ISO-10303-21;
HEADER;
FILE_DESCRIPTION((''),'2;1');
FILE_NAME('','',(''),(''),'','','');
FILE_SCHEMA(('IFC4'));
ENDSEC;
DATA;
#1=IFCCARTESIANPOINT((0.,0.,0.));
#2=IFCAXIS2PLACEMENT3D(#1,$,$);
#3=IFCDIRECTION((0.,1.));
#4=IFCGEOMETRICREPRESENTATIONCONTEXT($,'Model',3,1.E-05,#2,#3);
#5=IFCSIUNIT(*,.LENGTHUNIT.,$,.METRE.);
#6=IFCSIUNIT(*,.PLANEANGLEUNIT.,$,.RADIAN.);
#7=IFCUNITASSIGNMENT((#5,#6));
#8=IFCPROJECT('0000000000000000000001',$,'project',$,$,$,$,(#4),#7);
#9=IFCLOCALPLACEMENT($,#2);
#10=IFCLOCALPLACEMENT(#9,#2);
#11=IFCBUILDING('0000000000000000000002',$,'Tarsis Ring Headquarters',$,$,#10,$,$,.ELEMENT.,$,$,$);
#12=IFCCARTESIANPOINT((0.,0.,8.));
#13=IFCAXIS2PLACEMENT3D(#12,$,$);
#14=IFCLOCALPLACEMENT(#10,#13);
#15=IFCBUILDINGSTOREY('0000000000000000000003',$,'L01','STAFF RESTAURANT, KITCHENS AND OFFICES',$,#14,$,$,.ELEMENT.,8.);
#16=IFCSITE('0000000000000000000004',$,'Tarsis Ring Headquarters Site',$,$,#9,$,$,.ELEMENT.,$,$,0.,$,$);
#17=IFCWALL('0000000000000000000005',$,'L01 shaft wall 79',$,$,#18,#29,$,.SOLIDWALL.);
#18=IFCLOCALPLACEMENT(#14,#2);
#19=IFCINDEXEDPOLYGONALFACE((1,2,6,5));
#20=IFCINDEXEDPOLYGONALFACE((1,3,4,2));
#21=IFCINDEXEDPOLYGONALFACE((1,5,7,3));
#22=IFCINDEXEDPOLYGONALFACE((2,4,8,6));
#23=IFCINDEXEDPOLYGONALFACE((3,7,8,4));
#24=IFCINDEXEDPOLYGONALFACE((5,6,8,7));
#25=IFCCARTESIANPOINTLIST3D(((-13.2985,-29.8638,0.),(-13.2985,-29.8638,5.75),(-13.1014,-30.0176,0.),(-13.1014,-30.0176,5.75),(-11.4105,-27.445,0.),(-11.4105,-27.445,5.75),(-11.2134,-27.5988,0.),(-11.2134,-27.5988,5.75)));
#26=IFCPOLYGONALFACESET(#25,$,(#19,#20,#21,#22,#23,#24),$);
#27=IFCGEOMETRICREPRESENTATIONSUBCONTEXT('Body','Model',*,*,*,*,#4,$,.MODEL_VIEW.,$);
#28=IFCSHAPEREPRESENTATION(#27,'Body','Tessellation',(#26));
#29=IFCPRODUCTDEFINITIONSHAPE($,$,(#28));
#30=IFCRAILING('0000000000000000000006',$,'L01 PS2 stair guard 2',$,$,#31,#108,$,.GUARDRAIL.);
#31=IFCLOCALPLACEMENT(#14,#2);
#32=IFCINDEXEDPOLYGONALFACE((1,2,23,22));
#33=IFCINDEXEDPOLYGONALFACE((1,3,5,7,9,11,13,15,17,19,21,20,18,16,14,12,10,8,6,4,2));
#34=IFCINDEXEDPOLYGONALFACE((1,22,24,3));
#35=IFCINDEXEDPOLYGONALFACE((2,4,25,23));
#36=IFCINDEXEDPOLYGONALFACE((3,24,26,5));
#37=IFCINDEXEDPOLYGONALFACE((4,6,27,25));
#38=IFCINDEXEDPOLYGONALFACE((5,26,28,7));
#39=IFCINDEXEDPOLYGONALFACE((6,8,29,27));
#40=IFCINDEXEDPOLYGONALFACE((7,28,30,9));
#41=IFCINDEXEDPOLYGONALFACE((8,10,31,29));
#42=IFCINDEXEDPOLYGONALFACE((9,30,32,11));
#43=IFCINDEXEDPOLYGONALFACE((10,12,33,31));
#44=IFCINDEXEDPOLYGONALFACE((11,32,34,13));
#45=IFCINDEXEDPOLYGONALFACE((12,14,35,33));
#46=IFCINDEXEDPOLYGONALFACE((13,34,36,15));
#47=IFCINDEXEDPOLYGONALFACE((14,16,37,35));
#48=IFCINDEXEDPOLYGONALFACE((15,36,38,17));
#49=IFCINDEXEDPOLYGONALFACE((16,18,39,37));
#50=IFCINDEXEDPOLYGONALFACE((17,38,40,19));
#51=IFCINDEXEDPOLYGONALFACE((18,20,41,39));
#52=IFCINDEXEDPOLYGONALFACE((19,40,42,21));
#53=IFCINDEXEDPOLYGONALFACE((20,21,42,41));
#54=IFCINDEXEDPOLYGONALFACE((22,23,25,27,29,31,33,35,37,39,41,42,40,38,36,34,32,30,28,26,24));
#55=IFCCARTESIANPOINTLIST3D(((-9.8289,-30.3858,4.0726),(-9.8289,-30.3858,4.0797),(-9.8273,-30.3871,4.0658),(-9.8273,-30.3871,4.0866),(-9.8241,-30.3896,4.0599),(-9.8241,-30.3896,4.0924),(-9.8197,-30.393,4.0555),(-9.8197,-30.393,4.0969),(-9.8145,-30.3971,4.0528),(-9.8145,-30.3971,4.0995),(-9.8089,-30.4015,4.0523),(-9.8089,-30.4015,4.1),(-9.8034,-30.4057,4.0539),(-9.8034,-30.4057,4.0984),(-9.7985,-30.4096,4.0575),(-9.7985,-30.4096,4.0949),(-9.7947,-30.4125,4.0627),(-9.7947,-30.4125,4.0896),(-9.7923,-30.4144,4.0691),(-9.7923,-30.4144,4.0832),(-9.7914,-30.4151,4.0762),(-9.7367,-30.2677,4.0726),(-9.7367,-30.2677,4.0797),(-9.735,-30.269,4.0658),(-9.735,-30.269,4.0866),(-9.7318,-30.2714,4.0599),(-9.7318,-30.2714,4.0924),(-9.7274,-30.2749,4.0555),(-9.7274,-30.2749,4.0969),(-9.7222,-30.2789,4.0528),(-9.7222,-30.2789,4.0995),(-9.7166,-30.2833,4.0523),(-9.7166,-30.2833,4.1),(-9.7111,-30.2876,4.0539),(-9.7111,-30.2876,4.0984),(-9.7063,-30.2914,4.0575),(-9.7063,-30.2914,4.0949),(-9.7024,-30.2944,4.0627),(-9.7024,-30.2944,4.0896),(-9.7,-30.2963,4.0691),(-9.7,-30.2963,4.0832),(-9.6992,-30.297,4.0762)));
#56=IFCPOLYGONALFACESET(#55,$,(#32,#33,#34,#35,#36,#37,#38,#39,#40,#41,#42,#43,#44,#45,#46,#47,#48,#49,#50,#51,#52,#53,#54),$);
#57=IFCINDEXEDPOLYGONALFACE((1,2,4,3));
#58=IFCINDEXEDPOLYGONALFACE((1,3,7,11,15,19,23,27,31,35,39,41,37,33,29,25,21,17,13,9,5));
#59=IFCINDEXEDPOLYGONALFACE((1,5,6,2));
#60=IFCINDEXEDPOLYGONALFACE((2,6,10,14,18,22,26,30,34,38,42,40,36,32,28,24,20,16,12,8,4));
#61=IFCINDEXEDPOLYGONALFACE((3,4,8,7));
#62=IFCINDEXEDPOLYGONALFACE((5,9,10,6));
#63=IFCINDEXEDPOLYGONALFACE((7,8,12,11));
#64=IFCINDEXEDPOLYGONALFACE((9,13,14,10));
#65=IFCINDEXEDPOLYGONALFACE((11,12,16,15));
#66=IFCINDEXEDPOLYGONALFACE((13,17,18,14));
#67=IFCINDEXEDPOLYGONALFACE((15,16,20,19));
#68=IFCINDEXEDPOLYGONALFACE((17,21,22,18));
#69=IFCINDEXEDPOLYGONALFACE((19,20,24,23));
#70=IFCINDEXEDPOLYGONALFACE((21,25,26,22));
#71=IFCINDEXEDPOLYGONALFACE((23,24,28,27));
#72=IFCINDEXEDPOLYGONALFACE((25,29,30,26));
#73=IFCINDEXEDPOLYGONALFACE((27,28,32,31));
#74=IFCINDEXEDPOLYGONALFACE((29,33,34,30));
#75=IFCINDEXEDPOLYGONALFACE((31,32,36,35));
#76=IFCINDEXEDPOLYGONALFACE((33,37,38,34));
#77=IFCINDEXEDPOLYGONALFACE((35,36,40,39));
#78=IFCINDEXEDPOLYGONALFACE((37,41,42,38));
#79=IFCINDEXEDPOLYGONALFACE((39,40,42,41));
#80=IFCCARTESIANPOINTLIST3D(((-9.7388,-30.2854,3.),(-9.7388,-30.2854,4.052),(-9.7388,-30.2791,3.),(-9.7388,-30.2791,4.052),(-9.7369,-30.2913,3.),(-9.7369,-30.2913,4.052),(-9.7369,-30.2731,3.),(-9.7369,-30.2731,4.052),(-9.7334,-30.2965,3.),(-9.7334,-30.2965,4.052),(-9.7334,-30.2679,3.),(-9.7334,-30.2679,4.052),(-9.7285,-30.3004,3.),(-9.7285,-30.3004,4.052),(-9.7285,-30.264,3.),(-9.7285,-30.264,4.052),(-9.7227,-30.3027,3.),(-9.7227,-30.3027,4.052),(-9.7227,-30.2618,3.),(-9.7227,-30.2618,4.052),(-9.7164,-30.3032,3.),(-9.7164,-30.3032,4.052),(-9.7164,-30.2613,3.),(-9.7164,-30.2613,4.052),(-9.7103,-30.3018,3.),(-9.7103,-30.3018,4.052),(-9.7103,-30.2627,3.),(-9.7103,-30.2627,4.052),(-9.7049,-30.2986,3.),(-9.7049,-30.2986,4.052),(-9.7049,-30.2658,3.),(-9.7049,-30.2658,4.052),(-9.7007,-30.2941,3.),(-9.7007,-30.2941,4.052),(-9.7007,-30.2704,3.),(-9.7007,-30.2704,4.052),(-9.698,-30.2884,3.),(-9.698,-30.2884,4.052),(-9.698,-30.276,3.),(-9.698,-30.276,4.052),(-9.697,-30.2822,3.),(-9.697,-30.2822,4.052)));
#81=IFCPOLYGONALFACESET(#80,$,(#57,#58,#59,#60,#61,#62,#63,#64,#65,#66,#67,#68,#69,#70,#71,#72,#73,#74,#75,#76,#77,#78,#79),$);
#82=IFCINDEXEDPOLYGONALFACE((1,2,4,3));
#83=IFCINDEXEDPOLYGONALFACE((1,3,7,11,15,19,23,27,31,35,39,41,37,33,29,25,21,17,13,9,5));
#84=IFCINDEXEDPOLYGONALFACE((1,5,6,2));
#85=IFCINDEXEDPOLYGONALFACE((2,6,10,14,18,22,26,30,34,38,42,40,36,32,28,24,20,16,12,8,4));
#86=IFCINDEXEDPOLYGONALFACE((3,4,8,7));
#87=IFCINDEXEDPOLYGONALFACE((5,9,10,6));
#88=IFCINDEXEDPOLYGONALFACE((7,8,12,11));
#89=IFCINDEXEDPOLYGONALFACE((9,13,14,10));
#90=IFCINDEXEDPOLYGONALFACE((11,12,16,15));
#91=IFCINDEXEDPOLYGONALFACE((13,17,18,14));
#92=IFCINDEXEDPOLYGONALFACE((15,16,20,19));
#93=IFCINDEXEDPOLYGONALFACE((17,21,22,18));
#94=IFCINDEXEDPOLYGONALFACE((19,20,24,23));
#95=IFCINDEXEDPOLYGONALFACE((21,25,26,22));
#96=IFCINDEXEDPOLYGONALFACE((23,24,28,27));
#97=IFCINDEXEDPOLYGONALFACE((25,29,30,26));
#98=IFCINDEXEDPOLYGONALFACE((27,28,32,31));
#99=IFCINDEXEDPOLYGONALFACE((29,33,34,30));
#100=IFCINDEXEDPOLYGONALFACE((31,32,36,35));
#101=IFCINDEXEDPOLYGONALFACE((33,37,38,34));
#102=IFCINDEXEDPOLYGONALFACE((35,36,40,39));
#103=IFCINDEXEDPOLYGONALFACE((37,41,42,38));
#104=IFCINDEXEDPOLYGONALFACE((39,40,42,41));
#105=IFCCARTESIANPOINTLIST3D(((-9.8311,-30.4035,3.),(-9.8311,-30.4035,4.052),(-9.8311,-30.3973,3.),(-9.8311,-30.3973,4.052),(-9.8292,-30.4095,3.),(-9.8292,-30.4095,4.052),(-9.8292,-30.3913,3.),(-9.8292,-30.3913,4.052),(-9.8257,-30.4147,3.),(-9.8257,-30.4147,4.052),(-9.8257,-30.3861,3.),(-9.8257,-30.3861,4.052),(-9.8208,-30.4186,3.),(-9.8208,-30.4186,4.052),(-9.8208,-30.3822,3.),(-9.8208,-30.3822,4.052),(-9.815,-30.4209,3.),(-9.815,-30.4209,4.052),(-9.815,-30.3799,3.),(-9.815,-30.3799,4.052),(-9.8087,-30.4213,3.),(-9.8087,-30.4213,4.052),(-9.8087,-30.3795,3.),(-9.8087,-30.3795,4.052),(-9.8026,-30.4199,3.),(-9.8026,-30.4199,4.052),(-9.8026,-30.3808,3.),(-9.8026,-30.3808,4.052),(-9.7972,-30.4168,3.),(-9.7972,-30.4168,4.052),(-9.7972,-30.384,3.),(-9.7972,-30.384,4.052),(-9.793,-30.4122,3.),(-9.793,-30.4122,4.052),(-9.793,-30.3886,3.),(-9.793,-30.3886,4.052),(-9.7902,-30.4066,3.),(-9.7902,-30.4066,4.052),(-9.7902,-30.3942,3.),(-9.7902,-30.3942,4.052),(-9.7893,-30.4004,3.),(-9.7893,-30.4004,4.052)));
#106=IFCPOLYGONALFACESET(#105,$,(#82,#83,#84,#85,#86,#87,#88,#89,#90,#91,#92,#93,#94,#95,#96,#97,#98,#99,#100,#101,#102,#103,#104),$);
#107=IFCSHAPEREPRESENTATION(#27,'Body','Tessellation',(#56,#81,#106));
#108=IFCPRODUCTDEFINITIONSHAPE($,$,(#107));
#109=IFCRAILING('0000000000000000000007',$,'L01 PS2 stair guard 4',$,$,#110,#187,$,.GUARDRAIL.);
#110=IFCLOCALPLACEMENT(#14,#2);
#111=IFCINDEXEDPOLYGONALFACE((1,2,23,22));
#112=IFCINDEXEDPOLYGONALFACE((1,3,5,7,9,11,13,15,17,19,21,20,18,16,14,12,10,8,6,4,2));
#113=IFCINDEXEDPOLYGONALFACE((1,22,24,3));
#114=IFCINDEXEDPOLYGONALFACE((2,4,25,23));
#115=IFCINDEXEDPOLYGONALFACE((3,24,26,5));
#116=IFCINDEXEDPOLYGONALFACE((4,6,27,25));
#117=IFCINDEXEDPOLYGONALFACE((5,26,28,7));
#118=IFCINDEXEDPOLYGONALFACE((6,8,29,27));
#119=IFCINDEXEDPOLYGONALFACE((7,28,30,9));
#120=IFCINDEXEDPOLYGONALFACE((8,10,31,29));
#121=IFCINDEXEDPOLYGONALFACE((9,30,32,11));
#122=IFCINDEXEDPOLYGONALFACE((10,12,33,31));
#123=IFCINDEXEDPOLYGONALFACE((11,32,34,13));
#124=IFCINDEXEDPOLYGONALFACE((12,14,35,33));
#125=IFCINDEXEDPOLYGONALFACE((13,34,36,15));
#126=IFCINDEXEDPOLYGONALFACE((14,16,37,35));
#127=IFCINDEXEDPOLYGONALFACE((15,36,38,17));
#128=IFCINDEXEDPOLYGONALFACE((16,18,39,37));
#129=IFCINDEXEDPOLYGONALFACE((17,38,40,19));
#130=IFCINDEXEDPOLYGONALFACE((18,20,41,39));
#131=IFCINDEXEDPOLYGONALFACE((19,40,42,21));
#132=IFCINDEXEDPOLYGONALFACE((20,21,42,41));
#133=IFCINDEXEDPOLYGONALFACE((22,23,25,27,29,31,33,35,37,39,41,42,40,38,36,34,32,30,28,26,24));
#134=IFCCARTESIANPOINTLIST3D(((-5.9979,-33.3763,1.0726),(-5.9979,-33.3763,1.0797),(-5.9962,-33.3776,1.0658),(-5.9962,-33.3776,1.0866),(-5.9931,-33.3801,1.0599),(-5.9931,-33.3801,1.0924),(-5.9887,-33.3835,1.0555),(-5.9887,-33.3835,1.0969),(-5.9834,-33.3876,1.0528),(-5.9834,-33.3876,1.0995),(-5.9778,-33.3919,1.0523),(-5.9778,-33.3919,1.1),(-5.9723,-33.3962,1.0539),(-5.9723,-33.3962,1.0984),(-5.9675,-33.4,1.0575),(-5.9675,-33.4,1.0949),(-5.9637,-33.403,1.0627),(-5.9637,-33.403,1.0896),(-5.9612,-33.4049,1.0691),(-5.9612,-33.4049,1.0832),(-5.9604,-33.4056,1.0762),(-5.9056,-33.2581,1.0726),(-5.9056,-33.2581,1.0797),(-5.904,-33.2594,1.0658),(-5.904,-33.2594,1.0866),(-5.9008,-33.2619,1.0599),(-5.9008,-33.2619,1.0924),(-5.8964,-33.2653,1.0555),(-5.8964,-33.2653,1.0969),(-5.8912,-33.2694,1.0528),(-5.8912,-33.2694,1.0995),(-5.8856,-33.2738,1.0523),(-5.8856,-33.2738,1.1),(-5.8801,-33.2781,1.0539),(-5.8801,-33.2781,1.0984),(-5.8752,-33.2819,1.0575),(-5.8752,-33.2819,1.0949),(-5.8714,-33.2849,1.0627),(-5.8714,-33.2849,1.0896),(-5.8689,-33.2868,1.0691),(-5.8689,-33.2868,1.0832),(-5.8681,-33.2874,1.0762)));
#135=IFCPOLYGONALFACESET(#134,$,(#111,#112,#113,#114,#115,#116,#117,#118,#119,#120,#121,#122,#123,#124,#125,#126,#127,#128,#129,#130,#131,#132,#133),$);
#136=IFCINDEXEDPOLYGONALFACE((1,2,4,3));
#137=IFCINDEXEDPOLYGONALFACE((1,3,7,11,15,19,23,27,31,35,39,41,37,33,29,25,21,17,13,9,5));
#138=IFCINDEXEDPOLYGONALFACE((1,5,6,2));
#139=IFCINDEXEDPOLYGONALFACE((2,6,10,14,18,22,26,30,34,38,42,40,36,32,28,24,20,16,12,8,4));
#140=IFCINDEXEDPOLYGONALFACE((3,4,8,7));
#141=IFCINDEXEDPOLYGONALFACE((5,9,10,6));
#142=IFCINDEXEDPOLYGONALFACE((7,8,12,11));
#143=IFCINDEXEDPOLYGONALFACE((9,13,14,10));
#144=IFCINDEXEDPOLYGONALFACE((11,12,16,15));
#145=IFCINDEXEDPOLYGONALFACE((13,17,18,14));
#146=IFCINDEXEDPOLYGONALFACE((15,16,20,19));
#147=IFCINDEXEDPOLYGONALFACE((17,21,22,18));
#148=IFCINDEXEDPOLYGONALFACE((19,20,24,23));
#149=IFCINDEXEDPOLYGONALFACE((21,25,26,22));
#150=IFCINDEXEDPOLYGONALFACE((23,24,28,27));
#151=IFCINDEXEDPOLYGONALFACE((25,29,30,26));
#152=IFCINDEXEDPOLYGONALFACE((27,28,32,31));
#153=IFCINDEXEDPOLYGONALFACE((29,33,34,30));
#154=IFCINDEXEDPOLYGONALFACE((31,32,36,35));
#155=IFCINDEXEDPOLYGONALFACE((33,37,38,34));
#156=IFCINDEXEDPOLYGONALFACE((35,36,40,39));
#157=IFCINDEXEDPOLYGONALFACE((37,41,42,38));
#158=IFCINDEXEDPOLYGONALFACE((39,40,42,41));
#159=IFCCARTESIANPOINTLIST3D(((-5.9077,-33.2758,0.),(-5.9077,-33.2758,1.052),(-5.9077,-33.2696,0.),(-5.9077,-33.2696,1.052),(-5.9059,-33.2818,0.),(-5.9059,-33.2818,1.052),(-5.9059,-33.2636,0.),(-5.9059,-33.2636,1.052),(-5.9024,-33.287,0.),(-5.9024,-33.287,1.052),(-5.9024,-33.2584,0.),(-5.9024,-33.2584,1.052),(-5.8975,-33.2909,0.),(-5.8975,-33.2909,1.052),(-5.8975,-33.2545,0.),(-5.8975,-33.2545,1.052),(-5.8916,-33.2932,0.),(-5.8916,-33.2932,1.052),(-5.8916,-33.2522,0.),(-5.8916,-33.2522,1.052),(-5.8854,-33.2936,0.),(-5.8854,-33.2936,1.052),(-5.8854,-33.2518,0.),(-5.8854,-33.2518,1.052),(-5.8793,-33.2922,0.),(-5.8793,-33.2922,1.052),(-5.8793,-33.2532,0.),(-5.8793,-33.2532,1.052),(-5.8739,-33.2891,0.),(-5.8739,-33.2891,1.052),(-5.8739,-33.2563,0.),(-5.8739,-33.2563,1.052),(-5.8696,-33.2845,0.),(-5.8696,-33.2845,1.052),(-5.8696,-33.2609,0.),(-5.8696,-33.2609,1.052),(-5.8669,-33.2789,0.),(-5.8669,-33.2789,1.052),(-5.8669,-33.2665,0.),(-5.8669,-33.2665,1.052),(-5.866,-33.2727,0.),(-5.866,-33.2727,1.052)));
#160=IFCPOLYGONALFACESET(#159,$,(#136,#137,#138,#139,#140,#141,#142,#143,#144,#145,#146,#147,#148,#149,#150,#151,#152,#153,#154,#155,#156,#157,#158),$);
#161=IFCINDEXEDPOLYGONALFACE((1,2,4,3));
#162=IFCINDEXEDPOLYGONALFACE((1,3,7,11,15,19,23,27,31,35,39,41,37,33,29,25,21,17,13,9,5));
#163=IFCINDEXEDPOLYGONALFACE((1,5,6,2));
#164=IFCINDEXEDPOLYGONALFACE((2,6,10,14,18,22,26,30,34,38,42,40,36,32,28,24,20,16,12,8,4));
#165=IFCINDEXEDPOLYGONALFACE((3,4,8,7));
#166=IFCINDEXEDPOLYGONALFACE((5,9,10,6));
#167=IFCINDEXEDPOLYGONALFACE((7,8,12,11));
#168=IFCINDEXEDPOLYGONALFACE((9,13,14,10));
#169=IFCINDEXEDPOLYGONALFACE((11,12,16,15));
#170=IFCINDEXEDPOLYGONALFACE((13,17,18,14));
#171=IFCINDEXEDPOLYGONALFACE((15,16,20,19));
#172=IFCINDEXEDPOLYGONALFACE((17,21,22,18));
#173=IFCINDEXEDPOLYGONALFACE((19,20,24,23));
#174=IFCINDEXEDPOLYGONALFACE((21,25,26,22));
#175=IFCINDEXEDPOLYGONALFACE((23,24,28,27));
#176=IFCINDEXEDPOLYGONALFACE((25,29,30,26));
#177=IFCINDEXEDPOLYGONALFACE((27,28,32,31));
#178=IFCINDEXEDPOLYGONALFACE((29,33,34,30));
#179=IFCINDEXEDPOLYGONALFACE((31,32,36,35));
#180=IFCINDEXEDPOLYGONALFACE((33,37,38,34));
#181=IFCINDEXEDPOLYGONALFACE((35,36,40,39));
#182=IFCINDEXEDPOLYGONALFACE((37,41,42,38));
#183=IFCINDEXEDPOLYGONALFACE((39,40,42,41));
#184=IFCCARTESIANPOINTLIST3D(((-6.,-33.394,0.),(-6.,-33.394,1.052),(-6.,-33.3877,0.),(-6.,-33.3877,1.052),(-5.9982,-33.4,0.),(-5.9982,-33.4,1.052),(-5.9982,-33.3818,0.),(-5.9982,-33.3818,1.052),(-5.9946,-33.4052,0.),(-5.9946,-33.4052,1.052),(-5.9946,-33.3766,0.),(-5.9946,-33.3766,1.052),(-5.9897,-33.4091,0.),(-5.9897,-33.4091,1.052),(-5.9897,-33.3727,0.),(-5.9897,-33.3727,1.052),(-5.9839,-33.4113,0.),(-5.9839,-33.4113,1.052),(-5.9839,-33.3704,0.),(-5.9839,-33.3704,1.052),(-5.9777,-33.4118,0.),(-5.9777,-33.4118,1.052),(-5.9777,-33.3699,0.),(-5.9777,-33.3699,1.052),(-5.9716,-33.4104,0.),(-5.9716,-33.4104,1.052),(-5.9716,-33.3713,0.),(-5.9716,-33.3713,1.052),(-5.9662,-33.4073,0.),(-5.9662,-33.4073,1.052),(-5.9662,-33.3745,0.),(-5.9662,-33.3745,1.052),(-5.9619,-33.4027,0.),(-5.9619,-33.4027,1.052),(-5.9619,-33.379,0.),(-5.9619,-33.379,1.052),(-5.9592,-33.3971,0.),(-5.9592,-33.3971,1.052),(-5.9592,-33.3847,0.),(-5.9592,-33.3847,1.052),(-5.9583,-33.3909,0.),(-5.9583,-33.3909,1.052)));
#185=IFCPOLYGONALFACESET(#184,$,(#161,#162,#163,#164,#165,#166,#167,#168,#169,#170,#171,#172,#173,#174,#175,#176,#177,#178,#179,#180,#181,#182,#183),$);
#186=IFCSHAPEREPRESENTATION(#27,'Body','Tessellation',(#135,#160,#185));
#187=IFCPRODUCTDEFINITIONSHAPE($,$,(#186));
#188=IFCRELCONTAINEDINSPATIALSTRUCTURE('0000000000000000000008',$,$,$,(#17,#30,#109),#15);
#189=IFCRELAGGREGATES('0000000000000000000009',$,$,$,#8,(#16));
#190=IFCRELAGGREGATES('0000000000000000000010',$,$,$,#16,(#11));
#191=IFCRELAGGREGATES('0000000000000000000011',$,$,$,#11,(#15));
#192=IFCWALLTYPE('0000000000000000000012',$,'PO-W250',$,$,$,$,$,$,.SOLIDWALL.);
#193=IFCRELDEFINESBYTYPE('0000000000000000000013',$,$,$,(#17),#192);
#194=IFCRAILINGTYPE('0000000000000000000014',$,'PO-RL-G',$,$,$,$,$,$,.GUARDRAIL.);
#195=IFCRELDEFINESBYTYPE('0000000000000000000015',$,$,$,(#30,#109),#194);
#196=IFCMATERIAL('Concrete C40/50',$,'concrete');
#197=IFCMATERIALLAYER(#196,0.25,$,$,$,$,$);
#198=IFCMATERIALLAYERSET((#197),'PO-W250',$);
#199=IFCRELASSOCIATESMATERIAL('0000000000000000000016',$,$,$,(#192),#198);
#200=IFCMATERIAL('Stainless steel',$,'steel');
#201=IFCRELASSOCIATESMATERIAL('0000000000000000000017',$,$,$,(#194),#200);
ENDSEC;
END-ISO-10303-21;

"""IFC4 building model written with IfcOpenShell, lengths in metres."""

from ifc_helpers import new_model, si_unit, direction, frame, frame_2d, origin, origin_2d, place, context, subcontext, project, spatial, rectangle, circle, extrude, material, layer, layer_set, type_object, element, save


model = new_model("IFC4")

# Units and contexts
model_context = context("Model", 3, precision=1e-05, world=origin(), true_north=direction((0.0, 1.0)))
body_context = subcontext(model_context, "Body", "Model", "MODEL_VIEW")
ifc_project = project(units=[si_unit("LENGTHUNIT", "METRE"), si_unit("PLANEANGLEUNIT", "RADIAN")], contexts=[model_context])

# Site, building, storey
site_placement = place(None, origin())
site = spatial("IfcSite", under=ifc_project, at=site_placement, Name="Tarsis Ring Headquarters Site", CompositionType="ELEMENT", RefElevation=0.0)
building_placement = place(site_placement, origin())
building = spatial("IfcBuilding", under=site, at=building_placement, Name="Tarsis Ring Headquarters", CompositionType="ELEMENT")
storey_placement = place(building_placement, frame((0.0, 0.0, 8.0)))
storey = spatial("IfcBuildingStorey", under=building, at=storey_placement, Name="L01", Description="STAFF RESTAURANT, KITCHENS AND OFFICES", CompositionType="ELEMENT", Elevation=8.0)

# Shared definitions
ifc_material_1 = material(Name="Concrete C40/50", Category="concrete")

# Wall
ifc_layer_1 = layer(ifc_material_1, 0.25)
ifc_layer_set_1 = layer_set([ifc_layer_1], Name="PO-W250")
wall_type_1 = type_object("IfcWallType", Name="PO-W250", PredefinedType="SOLIDWALL", material=ifc_layer_set_1)
wall_1_placement = place(storey_placement, frame((-13.2, -29.9407, 0.0), z_axis=(0.0, 0.0, 1.0), x_axis=(0.615306, 0.788288, 0.0)))
element("IfcWall", 1, at=wall_1_placement, inside=storey, type_object=wall_type_1, Name="L01 shaft wall 79", PredefinedType="SOLIDWALL", context=body_context, shape_type="SweptSolid", body=[
    extrude(rectangle(XDim=3.0684, YDim=0.25, at=frame_2d((1.5342, 0.0))), origin(), (0.0, 0.0, 1.0), 5.75),
])

# Railings
ifc_material_2 = material(Name="Stainless steel", Category="steel")
railing_type_1 = type_object("IfcRailingType", Name="PO-RL-G", PredefinedType="GUARDRAIL", material=ifc_material_2)
railing_1_placement = place(storey_placement, frame((-9.718, -30.2822, 3.0)))
element("IfcRailing", 2, at=railing_1_placement, inside=storey, type_object=railing_type_1, Name="L01 PS2 stair guard 2", PredefinedType="GUARDRAIL", context=body_context, shape_type="SweptSolid", body=[
    extrude(circle(Radius=0.0239, at=origin_2d()), frame((0.0, 0.0, 1.0762), z_axis=(-0.615518, -0.788123, 0.0), x_axis=(0.788123, -0.615518, 0.0)), (0.0, 0.0, 1.0), 0.1499),
    extrude(circle(Radius=0.021, at=origin_2d()), origin(), (0.0, 0.0, 1.0), 1.052),
    extrude(circle(Radius=0.021, at=origin_2d()), frame((-0.0923, -0.1182, 0.0)), (0.0, 0.0, 1.0), 1.052),
])
railing_2_placement = place(storey_placement, frame((-5.887, -33.2727, 0.0)))
element("IfcRailing", 3, at=railing_2_placement, inside=storey, type_object=railing_type_1, Name="L01 PS2 stair guard 4", PredefinedType="GUARDRAIL", context=body_context, shape_type="SweptSolid", body=[
    extrude(circle(Radius=0.0239, at=origin_2d()), frame((0.0, 0.0, 1.0762), z_axis=(-0.615518, -0.788123, 0.0), x_axis=(0.788123, -0.615518, 0.0)), (0.0, 0.0, 1.0), 0.1499),
    extrude(circle(Radius=0.021, at=origin_2d()), origin(), (0.0, 0.0, 1.0), 1.052),
    extrude(circle(Radius=0.021, at=origin_2d()), frame((-0.0923, -0.1182, 0.0)), (0.0, 0.0, 1.0), 1.052),
])

save(model, "model.ifc")
